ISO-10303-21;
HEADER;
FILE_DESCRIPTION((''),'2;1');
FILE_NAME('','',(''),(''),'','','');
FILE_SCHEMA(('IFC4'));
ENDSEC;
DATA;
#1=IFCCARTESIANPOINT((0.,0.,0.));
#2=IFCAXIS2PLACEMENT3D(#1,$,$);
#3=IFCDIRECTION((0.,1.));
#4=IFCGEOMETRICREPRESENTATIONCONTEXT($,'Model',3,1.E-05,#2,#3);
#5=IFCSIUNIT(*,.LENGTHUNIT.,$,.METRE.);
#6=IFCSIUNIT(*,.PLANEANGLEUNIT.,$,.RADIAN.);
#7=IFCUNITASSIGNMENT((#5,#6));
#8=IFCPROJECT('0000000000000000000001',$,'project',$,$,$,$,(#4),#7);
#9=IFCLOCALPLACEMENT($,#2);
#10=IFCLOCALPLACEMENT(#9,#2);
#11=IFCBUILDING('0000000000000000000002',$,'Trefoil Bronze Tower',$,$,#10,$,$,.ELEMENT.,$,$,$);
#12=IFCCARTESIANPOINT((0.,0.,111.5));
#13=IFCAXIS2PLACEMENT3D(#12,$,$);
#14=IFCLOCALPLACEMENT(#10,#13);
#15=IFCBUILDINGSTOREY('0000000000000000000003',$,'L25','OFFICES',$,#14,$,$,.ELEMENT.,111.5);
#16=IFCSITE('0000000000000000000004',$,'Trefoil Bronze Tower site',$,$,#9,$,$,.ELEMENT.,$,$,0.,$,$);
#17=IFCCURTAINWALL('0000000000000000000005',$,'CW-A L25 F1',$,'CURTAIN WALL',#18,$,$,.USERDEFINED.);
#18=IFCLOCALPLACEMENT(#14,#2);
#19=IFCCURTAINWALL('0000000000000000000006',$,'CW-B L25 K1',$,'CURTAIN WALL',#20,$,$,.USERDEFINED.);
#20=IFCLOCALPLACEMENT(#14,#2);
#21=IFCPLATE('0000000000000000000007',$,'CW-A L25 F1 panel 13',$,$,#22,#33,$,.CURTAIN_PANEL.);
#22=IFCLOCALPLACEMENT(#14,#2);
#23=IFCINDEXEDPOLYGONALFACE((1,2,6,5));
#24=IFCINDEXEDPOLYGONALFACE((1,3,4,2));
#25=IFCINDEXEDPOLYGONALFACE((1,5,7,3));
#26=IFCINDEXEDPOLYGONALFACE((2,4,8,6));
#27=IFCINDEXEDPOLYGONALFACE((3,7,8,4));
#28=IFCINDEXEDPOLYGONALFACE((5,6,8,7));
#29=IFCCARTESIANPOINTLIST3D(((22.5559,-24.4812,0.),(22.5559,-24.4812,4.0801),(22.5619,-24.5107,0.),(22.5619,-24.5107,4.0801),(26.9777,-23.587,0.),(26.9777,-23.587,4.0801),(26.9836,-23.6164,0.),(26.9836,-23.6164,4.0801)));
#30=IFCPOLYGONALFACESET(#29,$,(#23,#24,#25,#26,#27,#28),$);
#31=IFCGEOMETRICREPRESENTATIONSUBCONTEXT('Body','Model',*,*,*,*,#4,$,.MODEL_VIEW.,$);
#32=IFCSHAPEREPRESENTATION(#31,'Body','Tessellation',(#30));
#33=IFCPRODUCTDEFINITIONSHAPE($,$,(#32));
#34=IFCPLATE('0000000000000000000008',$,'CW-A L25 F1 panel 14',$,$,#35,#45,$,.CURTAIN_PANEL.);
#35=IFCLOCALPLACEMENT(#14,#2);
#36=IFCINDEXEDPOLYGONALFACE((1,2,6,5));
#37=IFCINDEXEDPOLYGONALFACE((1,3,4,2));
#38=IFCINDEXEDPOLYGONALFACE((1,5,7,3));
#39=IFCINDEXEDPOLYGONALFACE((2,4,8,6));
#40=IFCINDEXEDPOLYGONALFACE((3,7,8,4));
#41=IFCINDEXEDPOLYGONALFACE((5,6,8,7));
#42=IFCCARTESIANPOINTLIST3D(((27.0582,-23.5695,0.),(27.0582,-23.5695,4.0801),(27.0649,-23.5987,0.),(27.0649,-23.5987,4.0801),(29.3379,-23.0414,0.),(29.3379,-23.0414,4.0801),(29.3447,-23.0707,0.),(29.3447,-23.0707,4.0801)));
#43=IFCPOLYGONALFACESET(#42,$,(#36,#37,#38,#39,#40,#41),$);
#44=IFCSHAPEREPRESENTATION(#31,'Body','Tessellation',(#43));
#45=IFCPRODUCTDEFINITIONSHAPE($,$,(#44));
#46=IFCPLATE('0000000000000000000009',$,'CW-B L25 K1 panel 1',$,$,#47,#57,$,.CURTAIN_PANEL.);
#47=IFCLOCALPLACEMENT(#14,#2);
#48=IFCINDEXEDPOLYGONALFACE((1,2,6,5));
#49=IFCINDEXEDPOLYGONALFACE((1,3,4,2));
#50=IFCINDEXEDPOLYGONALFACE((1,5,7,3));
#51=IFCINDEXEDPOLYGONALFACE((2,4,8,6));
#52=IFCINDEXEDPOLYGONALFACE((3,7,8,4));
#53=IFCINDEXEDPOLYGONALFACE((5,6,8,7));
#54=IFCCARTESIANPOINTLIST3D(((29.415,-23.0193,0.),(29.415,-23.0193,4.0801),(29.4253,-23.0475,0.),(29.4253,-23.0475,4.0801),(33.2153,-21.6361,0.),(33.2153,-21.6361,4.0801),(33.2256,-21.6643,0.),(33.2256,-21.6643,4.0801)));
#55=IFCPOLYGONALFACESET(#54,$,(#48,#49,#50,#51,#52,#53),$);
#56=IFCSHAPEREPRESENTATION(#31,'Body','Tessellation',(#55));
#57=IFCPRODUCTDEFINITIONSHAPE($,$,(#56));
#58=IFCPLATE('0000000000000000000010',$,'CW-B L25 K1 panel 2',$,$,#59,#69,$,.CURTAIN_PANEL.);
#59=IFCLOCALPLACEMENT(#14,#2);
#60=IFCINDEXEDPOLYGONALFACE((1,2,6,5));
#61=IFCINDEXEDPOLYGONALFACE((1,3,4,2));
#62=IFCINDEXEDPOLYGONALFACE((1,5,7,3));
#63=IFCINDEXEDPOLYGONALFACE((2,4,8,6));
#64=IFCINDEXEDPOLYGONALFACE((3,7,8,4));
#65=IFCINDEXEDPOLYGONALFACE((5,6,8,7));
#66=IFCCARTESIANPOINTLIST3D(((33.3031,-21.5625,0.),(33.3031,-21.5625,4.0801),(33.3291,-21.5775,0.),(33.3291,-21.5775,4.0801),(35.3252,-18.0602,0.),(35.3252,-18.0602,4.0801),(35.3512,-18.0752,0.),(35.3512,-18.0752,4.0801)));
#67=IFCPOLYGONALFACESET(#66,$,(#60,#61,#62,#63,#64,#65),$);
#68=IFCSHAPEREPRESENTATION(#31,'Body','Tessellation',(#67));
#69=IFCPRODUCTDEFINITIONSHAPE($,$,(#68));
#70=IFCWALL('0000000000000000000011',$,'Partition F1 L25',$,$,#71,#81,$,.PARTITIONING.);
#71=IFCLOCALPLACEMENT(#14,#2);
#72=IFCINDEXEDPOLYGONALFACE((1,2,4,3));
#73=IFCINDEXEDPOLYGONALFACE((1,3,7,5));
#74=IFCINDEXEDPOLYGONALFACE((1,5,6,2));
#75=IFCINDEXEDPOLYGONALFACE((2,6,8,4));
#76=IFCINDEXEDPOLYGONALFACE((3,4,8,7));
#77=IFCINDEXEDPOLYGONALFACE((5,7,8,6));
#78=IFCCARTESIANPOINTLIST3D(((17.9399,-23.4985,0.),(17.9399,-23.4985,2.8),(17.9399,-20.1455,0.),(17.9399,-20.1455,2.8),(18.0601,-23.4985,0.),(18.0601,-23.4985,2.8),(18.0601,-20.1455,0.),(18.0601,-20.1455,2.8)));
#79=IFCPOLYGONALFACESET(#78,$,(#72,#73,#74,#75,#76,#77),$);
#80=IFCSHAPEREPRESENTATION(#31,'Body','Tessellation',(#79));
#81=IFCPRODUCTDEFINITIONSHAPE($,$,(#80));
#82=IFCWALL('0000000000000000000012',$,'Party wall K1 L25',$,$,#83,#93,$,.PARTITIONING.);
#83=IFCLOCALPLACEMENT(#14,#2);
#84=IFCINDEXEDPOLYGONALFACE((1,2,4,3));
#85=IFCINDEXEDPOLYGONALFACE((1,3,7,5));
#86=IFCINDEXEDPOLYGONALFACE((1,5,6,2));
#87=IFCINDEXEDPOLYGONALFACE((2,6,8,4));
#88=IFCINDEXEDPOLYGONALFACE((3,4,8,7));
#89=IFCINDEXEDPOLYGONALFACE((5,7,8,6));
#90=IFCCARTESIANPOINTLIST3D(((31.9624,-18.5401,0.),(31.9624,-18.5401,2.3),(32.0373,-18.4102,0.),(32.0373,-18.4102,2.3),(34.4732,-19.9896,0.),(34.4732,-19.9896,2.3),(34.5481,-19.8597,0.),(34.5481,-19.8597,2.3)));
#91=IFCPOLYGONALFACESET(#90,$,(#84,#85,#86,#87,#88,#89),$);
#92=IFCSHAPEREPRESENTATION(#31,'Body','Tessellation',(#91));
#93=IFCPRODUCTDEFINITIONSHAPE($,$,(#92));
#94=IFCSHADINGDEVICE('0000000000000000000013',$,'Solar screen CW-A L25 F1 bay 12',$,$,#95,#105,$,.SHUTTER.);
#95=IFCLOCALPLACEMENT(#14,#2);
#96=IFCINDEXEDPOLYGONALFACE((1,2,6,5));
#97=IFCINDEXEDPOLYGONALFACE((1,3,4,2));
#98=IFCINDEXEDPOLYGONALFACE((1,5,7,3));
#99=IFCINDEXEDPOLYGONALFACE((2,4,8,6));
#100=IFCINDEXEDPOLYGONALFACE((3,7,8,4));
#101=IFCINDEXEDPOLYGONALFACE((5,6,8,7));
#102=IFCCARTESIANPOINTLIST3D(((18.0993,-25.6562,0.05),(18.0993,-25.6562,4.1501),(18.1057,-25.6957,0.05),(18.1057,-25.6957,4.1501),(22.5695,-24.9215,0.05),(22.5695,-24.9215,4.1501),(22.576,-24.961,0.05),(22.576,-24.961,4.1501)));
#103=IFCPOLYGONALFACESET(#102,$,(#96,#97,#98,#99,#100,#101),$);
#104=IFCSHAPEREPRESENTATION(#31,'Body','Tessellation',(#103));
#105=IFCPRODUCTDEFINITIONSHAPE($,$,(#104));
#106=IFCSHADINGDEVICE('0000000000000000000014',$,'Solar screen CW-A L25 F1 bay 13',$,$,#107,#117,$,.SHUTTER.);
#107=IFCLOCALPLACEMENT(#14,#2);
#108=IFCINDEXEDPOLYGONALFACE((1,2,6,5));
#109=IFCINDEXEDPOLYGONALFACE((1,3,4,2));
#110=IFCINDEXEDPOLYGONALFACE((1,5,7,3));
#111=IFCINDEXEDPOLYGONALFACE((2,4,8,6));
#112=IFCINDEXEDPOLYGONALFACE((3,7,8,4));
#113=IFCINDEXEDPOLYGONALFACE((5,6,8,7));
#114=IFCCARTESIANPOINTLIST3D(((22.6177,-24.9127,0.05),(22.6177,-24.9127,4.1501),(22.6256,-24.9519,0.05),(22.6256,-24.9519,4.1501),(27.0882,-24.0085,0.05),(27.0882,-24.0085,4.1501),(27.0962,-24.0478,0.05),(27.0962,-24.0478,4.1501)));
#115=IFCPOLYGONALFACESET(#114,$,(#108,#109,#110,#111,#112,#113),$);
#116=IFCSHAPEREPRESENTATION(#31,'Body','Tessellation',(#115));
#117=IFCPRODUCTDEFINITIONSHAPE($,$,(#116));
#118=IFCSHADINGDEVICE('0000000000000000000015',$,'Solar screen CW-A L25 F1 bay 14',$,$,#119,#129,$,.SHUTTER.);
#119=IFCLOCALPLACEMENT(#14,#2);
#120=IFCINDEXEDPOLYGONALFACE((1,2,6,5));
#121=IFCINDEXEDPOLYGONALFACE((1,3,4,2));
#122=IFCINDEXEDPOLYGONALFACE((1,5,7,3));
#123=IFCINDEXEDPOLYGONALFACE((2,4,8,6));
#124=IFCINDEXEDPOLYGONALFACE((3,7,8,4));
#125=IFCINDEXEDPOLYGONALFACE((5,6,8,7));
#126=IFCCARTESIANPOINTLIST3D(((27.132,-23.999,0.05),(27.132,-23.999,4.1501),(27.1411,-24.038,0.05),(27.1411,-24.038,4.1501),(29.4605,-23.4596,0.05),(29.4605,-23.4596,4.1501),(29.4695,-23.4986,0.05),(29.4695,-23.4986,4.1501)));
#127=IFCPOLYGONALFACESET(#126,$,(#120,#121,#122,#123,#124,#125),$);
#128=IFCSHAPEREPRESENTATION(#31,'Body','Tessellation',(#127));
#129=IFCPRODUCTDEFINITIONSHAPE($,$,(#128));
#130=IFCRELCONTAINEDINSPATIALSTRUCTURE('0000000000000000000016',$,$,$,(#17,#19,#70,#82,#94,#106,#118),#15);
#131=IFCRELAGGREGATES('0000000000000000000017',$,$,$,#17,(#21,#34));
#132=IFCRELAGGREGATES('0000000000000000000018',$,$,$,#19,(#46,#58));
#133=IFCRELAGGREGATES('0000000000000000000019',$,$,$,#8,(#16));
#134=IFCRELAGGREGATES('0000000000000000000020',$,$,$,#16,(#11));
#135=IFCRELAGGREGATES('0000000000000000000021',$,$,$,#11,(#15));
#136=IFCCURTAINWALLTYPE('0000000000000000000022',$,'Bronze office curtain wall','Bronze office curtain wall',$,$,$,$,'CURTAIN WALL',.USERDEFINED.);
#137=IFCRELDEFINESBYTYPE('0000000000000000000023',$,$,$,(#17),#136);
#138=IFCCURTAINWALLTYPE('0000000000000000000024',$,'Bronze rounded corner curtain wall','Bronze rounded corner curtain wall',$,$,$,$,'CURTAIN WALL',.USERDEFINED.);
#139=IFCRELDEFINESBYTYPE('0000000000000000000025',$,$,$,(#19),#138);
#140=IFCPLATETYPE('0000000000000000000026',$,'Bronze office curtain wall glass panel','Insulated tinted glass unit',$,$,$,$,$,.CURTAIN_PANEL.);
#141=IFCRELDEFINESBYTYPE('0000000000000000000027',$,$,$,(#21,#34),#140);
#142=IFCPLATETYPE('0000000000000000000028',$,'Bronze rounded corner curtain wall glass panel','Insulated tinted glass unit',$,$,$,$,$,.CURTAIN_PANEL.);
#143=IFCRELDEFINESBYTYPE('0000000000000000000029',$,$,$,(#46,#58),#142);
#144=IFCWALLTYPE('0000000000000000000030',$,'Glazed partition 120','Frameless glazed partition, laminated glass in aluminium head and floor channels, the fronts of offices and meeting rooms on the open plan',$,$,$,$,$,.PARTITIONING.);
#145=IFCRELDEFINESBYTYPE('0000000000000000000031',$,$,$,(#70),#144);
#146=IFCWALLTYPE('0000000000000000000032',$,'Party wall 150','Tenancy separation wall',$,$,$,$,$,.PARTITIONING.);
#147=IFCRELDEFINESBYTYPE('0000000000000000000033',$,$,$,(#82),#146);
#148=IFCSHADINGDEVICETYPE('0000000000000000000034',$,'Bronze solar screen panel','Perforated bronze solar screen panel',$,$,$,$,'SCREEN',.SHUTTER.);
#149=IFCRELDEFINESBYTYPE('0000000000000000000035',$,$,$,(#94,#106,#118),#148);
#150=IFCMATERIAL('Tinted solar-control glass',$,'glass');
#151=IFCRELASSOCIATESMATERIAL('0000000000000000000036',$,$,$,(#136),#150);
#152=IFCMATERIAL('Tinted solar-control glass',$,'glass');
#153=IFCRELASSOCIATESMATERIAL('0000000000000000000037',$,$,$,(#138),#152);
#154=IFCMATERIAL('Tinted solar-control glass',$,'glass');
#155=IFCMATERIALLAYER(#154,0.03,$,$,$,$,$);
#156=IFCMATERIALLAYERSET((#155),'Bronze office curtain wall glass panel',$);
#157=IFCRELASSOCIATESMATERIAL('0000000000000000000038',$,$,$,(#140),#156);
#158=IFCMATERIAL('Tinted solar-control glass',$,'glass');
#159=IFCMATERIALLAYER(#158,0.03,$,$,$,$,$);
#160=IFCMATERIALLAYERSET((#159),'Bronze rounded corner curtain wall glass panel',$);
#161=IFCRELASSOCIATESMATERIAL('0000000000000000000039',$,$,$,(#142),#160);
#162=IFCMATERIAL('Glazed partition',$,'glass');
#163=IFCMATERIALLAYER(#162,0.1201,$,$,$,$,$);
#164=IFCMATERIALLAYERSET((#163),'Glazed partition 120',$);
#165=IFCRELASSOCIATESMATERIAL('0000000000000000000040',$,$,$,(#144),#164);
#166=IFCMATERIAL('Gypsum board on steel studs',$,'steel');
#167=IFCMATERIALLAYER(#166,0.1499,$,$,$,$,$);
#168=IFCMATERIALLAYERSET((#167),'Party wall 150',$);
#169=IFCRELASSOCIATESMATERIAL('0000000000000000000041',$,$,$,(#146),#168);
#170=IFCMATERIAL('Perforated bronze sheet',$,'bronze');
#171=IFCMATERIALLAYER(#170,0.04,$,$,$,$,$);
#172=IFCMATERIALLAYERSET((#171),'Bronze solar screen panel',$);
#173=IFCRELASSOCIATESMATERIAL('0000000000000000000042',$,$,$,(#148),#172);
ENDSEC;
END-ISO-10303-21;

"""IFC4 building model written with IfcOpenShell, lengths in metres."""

from ifc_helpers import new_model, si_unit, direction, frame, frame_2d, origin, origin_2d, place, context, subcontext, project, spatial, rectangle, extrude, material, layer, layer_set, type_object, element, aggregate, save


model = new_model("IFC4")

# Units and contexts
model_context = context("Model", 3, precision=1e-05, world=origin(), true_north=direction((0.0, 1.0)))
body_context = subcontext(model_context, "Body", "Model", "MODEL_VIEW")
ifc_project = project(units=[si_unit("LENGTHUNIT", "METRE"), si_unit("PLANEANGLEUNIT", "RADIAN")], contexts=[model_context])

# Site, building, storey
site_placement = place(None, origin())
site = spatial("IfcSite", under=ifc_project, at=site_placement, Name="Trefoil Bronze Tower site", CompositionType="ELEMENT", RefElevation=0.0)
building_placement = place(site_placement, origin())
building = spatial("IfcBuilding", under=site, at=building_placement, Name="Trefoil Bronze Tower", CompositionType="ELEMENT")
storey_placement = place(building_placement, frame((0.0, 0.0, 111.5)))
storey = spatial("IfcBuildingStorey", under=building, at=storey_placement, Name="L25", Description="OFFICES", CompositionType="ELEMENT", Elevation=111.5)

# Curtain walls
ifc_material_1 = material(Name="Tinted solar-control glass", Category="glass")
curtain_wall_type_1 = type_object("IfcCurtainWallType", Name="Bronze office curtain wall", Description="Bronze office curtain wall", ElementType="CURTAIN WALL", PredefinedType="USERDEFINED", material=ifc_material_1)
curtain_wall_1_placement = place(storey_placement, origin())
curtain_wall_1 = element("IfcCurtainWall", 1, at=curtain_wall_1_placement, inside=storey, type_object=curtain_wall_type_1, Name="CW-A L25 F1", ObjectType="CURTAIN WALL", PredefinedType="USERDEFINED")
ifc_material_2 = material(Name="Tinted solar-control glass", Category="glass")
curtain_wall_type_2 = type_object("IfcCurtainWallType", Name="Bronze rounded corner curtain wall", Description="Bronze rounded corner curtain wall", ElementType="CURTAIN WALL", PredefinedType="USERDEFINED", material=ifc_material_2)
curtain_wall_2_placement = place(storey_placement, origin())
curtain_wall_2 = element("IfcCurtainWall", 2, at=curtain_wall_2_placement, inside=storey, type_object=curtain_wall_type_2, Name="CW-B L25 K1", ObjectType="CURTAIN WALL", PredefinedType="USERDEFINED")

# Plates
ifc_material_3 = material(Name="Tinted solar-control glass", Category="glass")
ifc_layer_1 = layer(ifc_material_3, 0.03)
ifc_layer_set_1 = layer_set([ifc_layer_1], Name="Bronze office curtain wall glass panel")
plate_type_1 = type_object("IfcPlateType", Name="Bronze office curtain wall glass panel", Description="Insulated tinted glass unit", PredefinedType="CURTAIN_PANEL", material=ifc_layer_set_1)
plate_1_placement = place(storey_placement, frame((24.7698, -24.0488, 0.0), z_axis=(0.0, 0.0, 1.0), x_axis=(0.980155, 0.198232, 0.0)))
plate_1 = element("IfcPlate", 3, at=plate_1_placement, type_object=plate_type_1, Name="CW-A L25 F1 panel 13", PredefinedType="CURTAIN_PANEL", context=body_context, shape_type="SweptSolid", body=[
    extrude(rectangle(XDim=4.5112, YDim=0.03, at=origin_2d()), origin(), (0.0, 0.0, 1.0), 4.0801),
])
plate_2_placement = place(storey_placement, frame((28.2014, -23.3201, 0.0), z_axis=(0.0, 0.0, 1.0), x_axis=(0.974204, 0.225667, 0.0)))
plate_2 = element("IfcPlate", 4, at=plate_2_placement, type_object=plate_type_1, Name="CW-A L25 F1 panel 14", PredefinedType="CURTAIN_PANEL", context=body_context, shape_type="SweptSolid", body=[
    extrude(rectangle(XDim=2.3401, YDim=0.03, at=origin_2d()), origin(), (0.0, 0.0, 1.0), 4.0801),
])
aggregate(curtain_wall_1, [plate_1, plate_2])
ifc_material_4 = material(Name="Tinted solar-control glass", Category="glass")
ifc_layer_2 = layer(ifc_material_4, 0.03)
ifc_layer_set_2 = layer_set([ifc_layer_2], Name="Bronze rounded corner curtain wall glass panel")
plate_type_2 = type_object("IfcPlateType", Name="Bronze rounded corner curtain wall glass panel", Description="Insulated tinted glass unit", PredefinedType="CURTAIN_PANEL", material=ifc_layer_set_2)
plate_3_placement = place(storey_placement, frame((31.3203, -22.3418, 0.0), z_axis=(0.0, 0.0, 1.0), x_axis=(0.939693, 0.34202, 0.0)))
plate_3 = element("IfcPlate", 5, at=plate_3_placement, type_object=plate_type_2, Name="CW-B L25 K1 panel 1", PredefinedType="CURTAIN_PANEL", context=body_context, shape_type="SweptSolid", body=[
    extrude(rectangle(XDim=4.0442, YDim=0.03, at=origin_2d()), origin(), (0.0, 0.0, 1.0), 4.0801),
])
plate_4_placement = place(storey_placement, frame((34.3271, -19.8188, 0.0), z_axis=(0.0, 0.0, 1.0), x_axis=(0.5, 0.866025, 0.0)))
plate_4 = element("IfcPlate", 6, at=plate_4_placement, type_object=plate_type_2, Name="CW-B L25 K1 panel 2", PredefinedType="CURTAIN_PANEL", context=body_context, shape_type="SweptSolid", body=[
    extrude(rectangle(XDim=4.0442, YDim=0.03, at=origin_2d()), origin(), (0.0, 0.0, 1.0), 4.0801),
])
aggregate(curtain_wall_2, [plate_3, plate_4])

# Walls
ifc_material_5 = material(Name="Glazed partition", Category="glass")
ifc_layer_3 = layer(ifc_material_5, 0.1201)
ifc_layer_set_3 = layer_set([ifc_layer_3], Name="Glazed partition 120")
wall_type_1 = type_object("IfcWallType", Name="Glazed partition 120", Description="Frameless glazed partition, laminated glass in aluminium head and floor channels, the fronts of offices and meeting rooms on the open plan", PredefinedType="PARTITIONING", material=ifc_layer_set_3)
wall_1_placement = place(storey_placement, frame((18.0, -20.1455, 0.0), z_axis=(0.0, 0.0, 1.0), x_axis=(0.0, -1.0, 0.0)))
element("IfcWall", 7, at=wall_1_placement, inside=storey, type_object=wall_type_1, Name="Partition F1 L25", PredefinedType="PARTITIONING", context=body_context, shape_type="SweptSolid", body=[
    extrude(rectangle(XDim=3.353, YDim=0.1201, at=frame_2d((1.6765, 0.0))), origin(), (0.0, 0.0, 1.0), 2.8),
])
ifc_material_6 = material(Name="Gypsum board on steel studs", Category="steel")
ifc_layer_4 = layer(ifc_material_6, 0.1499)
ifc_layer_set_4 = layer_set([ifc_layer_4], Name="Party wall 150")
wall_type_2 = type_object("IfcWallType", Name="Party wall 150", Description="Tenancy separation wall", PredefinedType="PARTITIONING", material=ifc_layer_set_4)
wall_2_placement = place(storey_placement, frame((31.9998, -18.4751, 0.0), z_axis=(0.0, 0.0, 1.0), x_axis=(0.866043, -0.49997, 0.0)))
element("IfcWall", 8, at=wall_2_placement, inside=storey, type_object=wall_type_2, Name="Party wall K1 L25", PredefinedType="PARTITIONING", context=body_context, shape_type="SweptSolid", body=[
    extrude(rectangle(XDim=2.8992, YDim=0.1499, at=frame_2d((1.4497, 0.0))), origin(), (0.0, 0.0, 1.0), 2.3),
])

# Shading devices
ifc_material_7 = material(Name="Perforated bronze sheet", Category="bronze")
ifc_layer_5 = layer(ifc_material_7, 0.04)
ifc_layer_set_5 = layer_set([ifc_layer_5], Name="Bronze solar screen panel")
shading_device_type = type_object("IfcShadingDeviceType", Name="Bronze solar screen panel", Description="Perforated bronze solar screen panel", ElementType="SCREEN", PredefinedType="SHUTTER", material=ifc_layer_set_5)
shading_device_1_placement = place(storey_placement, frame((20.3376, -25.3086, 0.05), z_axis=(0.0, 0.0, 1.0), x_axis=(0.98676, 0.162189, 0.0)))
element("IfcShadingDevice", 9, at=shading_device_1_placement, inside=storey, type_object=shading_device_type, Name="Solar screen CW-A L25 F1 bay 12", PredefinedType="SHUTTER", context=body_context, shape_type="SweptSolid", body=[
    extrude(rectangle(XDim=4.5303, YDim=0.04, at=origin_2d()), origin(), (0.0, 0.0, 1.0), 4.1001),
])
shading_device_2_placement = place(storey_placement, frame((24.8569, -24.4802, 0.05), z_axis=(0.0, 0.0, 1.0), x_axis=(0.980155, 0.198232, 0.0)))
element("IfcShadingDevice", 10, at=shading_device_2_placement, inside=storey, type_object=shading_device_type, Name="Solar screen CW-A L25 F1 bay 13", PredefinedType="SHUTTER", context=body_context, shape_type="SweptSolid", body=[
    extrude(rectangle(XDim=4.561, YDim=0.04, at=origin_2d()), origin(), (0.0, 0.0, 1.0), 4.1001),
])
shading_device_3_placement = place(storey_placement, frame((28.3008, -23.7488, 0.05), z_axis=(0.0, 0.0, 1.0), x_axis=(0.974204, 0.225667, 0.0)))
element("IfcShadingDevice", 11, at=shading_device_3_placement, inside=storey, type_object=shading_device_type, Name="Solar screen CW-A L25 F1 bay 14", PredefinedType="SHUTTER", context=body_context, shape_type="SweptSolid", body=[
    extrude(rectangle(XDim=2.3901, YDim=0.04, at=origin_2d()), origin(), (0.0, 0.0, 1.0), 4.1001),
])

save(model, "model.ifc")
